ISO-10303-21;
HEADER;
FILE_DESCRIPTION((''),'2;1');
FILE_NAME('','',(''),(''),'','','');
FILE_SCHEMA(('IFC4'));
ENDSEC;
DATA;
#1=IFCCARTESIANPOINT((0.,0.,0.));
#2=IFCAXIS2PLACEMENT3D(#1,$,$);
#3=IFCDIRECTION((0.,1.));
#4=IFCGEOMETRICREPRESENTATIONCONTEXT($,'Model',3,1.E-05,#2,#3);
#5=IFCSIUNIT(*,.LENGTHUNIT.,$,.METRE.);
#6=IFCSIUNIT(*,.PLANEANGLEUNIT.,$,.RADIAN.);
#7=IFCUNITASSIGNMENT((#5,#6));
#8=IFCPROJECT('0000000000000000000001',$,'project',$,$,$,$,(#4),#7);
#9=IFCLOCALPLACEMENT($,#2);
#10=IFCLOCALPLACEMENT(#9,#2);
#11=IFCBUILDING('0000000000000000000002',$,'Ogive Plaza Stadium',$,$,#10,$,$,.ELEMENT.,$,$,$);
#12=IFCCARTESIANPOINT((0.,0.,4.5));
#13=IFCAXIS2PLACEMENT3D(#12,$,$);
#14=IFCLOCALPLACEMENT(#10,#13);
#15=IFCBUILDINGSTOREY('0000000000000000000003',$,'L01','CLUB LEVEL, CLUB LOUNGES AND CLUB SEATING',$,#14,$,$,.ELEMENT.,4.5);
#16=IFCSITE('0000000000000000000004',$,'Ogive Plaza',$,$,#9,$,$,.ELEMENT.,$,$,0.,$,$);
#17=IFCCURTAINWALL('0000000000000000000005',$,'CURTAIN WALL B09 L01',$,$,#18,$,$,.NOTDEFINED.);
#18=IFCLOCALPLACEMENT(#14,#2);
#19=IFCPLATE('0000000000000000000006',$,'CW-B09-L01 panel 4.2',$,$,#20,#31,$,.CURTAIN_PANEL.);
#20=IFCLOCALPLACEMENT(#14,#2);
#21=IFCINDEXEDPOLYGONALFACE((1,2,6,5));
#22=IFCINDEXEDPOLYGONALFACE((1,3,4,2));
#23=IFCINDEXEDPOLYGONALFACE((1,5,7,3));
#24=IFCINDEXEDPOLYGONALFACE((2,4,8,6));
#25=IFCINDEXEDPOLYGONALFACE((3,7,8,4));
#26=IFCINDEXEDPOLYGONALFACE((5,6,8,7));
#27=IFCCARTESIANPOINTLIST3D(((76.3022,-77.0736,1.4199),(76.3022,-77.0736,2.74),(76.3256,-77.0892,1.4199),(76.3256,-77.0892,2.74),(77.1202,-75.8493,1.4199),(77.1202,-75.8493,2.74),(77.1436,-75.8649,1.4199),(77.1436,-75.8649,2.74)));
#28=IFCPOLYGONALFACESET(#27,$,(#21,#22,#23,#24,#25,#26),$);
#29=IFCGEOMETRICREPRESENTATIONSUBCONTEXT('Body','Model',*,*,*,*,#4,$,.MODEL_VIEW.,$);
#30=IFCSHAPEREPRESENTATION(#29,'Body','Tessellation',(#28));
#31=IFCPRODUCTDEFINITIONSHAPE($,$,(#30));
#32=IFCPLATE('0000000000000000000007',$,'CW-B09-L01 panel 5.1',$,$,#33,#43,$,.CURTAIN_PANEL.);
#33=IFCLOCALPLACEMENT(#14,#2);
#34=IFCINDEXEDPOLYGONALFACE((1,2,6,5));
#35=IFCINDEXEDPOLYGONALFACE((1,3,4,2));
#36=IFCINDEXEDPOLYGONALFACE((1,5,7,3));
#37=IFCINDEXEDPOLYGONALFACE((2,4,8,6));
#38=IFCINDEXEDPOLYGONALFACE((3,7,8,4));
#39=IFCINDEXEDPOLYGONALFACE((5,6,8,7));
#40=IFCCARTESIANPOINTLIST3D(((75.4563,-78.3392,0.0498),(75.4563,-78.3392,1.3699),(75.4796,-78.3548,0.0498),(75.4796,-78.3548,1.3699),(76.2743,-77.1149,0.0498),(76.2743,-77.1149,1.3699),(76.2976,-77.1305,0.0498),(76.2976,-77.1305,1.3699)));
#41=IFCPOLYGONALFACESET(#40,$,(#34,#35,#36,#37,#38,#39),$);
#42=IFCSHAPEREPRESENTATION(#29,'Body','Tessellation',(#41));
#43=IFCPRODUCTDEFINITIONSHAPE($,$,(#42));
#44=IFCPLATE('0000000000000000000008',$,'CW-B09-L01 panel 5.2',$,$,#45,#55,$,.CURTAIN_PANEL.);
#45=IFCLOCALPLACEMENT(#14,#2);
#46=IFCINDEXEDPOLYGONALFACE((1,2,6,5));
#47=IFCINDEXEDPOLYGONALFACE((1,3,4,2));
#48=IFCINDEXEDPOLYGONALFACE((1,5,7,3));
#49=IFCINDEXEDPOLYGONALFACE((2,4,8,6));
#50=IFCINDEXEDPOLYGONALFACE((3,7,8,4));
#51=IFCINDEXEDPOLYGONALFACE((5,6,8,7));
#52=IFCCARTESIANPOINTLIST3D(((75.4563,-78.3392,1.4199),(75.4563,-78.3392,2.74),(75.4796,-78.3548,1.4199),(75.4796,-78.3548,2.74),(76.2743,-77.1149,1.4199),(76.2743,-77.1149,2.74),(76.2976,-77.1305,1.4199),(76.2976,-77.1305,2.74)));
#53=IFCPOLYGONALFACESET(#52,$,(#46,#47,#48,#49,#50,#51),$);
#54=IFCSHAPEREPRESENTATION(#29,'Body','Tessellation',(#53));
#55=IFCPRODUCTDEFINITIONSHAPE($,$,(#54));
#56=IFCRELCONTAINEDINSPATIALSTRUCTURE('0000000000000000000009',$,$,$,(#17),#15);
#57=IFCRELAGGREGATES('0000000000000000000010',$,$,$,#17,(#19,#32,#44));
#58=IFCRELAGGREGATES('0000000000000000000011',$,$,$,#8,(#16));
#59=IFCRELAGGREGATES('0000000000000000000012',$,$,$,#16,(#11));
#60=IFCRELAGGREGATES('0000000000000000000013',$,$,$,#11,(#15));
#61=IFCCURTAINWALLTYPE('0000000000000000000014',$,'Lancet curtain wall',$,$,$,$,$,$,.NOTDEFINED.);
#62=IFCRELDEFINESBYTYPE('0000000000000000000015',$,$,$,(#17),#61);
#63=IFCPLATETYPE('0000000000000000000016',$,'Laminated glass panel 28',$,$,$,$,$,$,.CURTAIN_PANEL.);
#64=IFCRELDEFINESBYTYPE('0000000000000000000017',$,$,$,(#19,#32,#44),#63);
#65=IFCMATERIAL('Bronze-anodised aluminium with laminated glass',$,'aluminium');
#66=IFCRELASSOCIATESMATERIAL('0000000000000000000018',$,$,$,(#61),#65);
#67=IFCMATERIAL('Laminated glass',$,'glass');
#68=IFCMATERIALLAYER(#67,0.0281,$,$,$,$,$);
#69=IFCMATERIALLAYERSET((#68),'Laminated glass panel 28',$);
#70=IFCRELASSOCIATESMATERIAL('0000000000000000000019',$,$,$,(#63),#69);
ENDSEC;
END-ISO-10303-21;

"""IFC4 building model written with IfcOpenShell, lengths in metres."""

from ifc_helpers import new_model, si_unit, direction, frame, origin, origin_2d, place, context, subcontext, project, spatial, rectangle, extrude, material, layer, layer_set, type_object, element, aggregate, save


model = new_model("IFC4")

# Units and contexts
model_context = context("Model", 3, precision=1e-05, world=origin(), true_north=direction((0.0, 1.0)))
body_context = subcontext(model_context, "Body", "Model", "MODEL_VIEW")
ifc_project = project(units=[si_unit("LENGTHUNIT", "METRE"), si_unit("PLANEANGLEUNIT", "RADIAN")], contexts=[model_context])

# Site, building, storey
site_placement = place(None, origin())
site = spatial("IfcSite", under=ifc_project, at=site_placement, Name="Ogive Plaza", CompositionType="ELEMENT", RefElevation=0.0)
building_placement = place(site_placement, origin())
building = spatial("IfcBuilding", under=site, at=building_placement, Name="Ogive Plaza Stadium", CompositionType="ELEMENT")
storey_placement = place(building_placement, frame((0.0, 0.0, 4.5)))
storey = spatial("IfcBuildingStorey", under=building, at=storey_placement, Name="L01", Description="CLUB LEVEL, CLUB LOUNGES AND CLUB SEATING", CompositionType="ELEMENT", Elevation=4.5)

# Curtain wall
ifc_material_1 = material(Name="Bronze-anodised aluminium with laminated glass", Category="aluminium")
curtain_wall_type = type_object("IfcCurtainWallType", Name="Lancet curtain wall", PredefinedType="NOTDEFINED", material=ifc_material_1)
curtain_wall_placement = place(storey_placement, origin())
curtain_wall = element("IfcCurtainWall", 1, at=curtain_wall_placement, inside=storey, type_object=curtain_wall_type, Name="CURTAIN WALL B09 L01", PredefinedType="NOTDEFINED")

# Plates
ifc_material_2 = material(Name="Laminated glass", Category="glass")
ifc_layer = layer(ifc_material_2, 0.0281)
ifc_layer_set = layer_set([ifc_layer], Name="Laminated glass panel 28")
plate_type = type_object("IfcPlateType", Name="Laminated glass panel 28", PredefinedType="CURTAIN_PANEL", material=ifc_layer_set)
plate_1_placement = place(storey_placement, frame((76.7229, -76.4692, 1.4199), z_axis=(0.0, 0.0, 1.0), x_axis=(-0.55557, -0.83147, 0.0)))
plate_1 = element("IfcPlate", 2, at=plate_1_placement, type_object=plate_type, Name="CW-B09-L01 panel 4.2", PredefinedType="CURTAIN_PANEL", context=body_context, shape_type="SweptSolid", body=[
    extrude(rectangle(XDim=1.4724, YDim=0.0281, at=origin_2d()), origin(), (0.0, 0.0, 1.0), 1.3201),
])
plate_2_placement = place(storey_placement, frame((75.877, -77.7349, 0.0498), z_axis=(0.0, 0.0, 1.0), x_axis=(-0.55557, -0.83147, 0.0)))
plate_2 = element("IfcPlate", 3, at=plate_2_placement, type_object=plate_type, Name="CW-B09-L01 panel 5.1", PredefinedType="CURTAIN_PANEL", context=body_context, shape_type="SweptSolid", body=[
    extrude(rectangle(XDim=1.4724, YDim=0.0281, at=origin_2d()), origin(), (0.0, 0.0, 1.0), 1.3201),
])
plate_3_placement = place(storey_placement, frame((75.877, -77.7349, 1.4199), z_axis=(0.0, 0.0, 1.0), x_axis=(-0.55557, -0.83147, 0.0)))
plate_3 = element("IfcPlate", 4, at=plate_3_placement, type_object=plate_type, Name="CW-B09-L01 panel 5.2", PredefinedType="CURTAIN_PANEL", context=body_context, shape_type="SweptSolid", body=[
    extrude(rectangle(XDim=1.4724, YDim=0.0281, at=origin_2d()), origin(), (0.0, 0.0, 1.0), 1.3201),
])
aggregate(curtain_wall, [plate_1, plate_2, plate_3])

save(model, "model.ifc")
